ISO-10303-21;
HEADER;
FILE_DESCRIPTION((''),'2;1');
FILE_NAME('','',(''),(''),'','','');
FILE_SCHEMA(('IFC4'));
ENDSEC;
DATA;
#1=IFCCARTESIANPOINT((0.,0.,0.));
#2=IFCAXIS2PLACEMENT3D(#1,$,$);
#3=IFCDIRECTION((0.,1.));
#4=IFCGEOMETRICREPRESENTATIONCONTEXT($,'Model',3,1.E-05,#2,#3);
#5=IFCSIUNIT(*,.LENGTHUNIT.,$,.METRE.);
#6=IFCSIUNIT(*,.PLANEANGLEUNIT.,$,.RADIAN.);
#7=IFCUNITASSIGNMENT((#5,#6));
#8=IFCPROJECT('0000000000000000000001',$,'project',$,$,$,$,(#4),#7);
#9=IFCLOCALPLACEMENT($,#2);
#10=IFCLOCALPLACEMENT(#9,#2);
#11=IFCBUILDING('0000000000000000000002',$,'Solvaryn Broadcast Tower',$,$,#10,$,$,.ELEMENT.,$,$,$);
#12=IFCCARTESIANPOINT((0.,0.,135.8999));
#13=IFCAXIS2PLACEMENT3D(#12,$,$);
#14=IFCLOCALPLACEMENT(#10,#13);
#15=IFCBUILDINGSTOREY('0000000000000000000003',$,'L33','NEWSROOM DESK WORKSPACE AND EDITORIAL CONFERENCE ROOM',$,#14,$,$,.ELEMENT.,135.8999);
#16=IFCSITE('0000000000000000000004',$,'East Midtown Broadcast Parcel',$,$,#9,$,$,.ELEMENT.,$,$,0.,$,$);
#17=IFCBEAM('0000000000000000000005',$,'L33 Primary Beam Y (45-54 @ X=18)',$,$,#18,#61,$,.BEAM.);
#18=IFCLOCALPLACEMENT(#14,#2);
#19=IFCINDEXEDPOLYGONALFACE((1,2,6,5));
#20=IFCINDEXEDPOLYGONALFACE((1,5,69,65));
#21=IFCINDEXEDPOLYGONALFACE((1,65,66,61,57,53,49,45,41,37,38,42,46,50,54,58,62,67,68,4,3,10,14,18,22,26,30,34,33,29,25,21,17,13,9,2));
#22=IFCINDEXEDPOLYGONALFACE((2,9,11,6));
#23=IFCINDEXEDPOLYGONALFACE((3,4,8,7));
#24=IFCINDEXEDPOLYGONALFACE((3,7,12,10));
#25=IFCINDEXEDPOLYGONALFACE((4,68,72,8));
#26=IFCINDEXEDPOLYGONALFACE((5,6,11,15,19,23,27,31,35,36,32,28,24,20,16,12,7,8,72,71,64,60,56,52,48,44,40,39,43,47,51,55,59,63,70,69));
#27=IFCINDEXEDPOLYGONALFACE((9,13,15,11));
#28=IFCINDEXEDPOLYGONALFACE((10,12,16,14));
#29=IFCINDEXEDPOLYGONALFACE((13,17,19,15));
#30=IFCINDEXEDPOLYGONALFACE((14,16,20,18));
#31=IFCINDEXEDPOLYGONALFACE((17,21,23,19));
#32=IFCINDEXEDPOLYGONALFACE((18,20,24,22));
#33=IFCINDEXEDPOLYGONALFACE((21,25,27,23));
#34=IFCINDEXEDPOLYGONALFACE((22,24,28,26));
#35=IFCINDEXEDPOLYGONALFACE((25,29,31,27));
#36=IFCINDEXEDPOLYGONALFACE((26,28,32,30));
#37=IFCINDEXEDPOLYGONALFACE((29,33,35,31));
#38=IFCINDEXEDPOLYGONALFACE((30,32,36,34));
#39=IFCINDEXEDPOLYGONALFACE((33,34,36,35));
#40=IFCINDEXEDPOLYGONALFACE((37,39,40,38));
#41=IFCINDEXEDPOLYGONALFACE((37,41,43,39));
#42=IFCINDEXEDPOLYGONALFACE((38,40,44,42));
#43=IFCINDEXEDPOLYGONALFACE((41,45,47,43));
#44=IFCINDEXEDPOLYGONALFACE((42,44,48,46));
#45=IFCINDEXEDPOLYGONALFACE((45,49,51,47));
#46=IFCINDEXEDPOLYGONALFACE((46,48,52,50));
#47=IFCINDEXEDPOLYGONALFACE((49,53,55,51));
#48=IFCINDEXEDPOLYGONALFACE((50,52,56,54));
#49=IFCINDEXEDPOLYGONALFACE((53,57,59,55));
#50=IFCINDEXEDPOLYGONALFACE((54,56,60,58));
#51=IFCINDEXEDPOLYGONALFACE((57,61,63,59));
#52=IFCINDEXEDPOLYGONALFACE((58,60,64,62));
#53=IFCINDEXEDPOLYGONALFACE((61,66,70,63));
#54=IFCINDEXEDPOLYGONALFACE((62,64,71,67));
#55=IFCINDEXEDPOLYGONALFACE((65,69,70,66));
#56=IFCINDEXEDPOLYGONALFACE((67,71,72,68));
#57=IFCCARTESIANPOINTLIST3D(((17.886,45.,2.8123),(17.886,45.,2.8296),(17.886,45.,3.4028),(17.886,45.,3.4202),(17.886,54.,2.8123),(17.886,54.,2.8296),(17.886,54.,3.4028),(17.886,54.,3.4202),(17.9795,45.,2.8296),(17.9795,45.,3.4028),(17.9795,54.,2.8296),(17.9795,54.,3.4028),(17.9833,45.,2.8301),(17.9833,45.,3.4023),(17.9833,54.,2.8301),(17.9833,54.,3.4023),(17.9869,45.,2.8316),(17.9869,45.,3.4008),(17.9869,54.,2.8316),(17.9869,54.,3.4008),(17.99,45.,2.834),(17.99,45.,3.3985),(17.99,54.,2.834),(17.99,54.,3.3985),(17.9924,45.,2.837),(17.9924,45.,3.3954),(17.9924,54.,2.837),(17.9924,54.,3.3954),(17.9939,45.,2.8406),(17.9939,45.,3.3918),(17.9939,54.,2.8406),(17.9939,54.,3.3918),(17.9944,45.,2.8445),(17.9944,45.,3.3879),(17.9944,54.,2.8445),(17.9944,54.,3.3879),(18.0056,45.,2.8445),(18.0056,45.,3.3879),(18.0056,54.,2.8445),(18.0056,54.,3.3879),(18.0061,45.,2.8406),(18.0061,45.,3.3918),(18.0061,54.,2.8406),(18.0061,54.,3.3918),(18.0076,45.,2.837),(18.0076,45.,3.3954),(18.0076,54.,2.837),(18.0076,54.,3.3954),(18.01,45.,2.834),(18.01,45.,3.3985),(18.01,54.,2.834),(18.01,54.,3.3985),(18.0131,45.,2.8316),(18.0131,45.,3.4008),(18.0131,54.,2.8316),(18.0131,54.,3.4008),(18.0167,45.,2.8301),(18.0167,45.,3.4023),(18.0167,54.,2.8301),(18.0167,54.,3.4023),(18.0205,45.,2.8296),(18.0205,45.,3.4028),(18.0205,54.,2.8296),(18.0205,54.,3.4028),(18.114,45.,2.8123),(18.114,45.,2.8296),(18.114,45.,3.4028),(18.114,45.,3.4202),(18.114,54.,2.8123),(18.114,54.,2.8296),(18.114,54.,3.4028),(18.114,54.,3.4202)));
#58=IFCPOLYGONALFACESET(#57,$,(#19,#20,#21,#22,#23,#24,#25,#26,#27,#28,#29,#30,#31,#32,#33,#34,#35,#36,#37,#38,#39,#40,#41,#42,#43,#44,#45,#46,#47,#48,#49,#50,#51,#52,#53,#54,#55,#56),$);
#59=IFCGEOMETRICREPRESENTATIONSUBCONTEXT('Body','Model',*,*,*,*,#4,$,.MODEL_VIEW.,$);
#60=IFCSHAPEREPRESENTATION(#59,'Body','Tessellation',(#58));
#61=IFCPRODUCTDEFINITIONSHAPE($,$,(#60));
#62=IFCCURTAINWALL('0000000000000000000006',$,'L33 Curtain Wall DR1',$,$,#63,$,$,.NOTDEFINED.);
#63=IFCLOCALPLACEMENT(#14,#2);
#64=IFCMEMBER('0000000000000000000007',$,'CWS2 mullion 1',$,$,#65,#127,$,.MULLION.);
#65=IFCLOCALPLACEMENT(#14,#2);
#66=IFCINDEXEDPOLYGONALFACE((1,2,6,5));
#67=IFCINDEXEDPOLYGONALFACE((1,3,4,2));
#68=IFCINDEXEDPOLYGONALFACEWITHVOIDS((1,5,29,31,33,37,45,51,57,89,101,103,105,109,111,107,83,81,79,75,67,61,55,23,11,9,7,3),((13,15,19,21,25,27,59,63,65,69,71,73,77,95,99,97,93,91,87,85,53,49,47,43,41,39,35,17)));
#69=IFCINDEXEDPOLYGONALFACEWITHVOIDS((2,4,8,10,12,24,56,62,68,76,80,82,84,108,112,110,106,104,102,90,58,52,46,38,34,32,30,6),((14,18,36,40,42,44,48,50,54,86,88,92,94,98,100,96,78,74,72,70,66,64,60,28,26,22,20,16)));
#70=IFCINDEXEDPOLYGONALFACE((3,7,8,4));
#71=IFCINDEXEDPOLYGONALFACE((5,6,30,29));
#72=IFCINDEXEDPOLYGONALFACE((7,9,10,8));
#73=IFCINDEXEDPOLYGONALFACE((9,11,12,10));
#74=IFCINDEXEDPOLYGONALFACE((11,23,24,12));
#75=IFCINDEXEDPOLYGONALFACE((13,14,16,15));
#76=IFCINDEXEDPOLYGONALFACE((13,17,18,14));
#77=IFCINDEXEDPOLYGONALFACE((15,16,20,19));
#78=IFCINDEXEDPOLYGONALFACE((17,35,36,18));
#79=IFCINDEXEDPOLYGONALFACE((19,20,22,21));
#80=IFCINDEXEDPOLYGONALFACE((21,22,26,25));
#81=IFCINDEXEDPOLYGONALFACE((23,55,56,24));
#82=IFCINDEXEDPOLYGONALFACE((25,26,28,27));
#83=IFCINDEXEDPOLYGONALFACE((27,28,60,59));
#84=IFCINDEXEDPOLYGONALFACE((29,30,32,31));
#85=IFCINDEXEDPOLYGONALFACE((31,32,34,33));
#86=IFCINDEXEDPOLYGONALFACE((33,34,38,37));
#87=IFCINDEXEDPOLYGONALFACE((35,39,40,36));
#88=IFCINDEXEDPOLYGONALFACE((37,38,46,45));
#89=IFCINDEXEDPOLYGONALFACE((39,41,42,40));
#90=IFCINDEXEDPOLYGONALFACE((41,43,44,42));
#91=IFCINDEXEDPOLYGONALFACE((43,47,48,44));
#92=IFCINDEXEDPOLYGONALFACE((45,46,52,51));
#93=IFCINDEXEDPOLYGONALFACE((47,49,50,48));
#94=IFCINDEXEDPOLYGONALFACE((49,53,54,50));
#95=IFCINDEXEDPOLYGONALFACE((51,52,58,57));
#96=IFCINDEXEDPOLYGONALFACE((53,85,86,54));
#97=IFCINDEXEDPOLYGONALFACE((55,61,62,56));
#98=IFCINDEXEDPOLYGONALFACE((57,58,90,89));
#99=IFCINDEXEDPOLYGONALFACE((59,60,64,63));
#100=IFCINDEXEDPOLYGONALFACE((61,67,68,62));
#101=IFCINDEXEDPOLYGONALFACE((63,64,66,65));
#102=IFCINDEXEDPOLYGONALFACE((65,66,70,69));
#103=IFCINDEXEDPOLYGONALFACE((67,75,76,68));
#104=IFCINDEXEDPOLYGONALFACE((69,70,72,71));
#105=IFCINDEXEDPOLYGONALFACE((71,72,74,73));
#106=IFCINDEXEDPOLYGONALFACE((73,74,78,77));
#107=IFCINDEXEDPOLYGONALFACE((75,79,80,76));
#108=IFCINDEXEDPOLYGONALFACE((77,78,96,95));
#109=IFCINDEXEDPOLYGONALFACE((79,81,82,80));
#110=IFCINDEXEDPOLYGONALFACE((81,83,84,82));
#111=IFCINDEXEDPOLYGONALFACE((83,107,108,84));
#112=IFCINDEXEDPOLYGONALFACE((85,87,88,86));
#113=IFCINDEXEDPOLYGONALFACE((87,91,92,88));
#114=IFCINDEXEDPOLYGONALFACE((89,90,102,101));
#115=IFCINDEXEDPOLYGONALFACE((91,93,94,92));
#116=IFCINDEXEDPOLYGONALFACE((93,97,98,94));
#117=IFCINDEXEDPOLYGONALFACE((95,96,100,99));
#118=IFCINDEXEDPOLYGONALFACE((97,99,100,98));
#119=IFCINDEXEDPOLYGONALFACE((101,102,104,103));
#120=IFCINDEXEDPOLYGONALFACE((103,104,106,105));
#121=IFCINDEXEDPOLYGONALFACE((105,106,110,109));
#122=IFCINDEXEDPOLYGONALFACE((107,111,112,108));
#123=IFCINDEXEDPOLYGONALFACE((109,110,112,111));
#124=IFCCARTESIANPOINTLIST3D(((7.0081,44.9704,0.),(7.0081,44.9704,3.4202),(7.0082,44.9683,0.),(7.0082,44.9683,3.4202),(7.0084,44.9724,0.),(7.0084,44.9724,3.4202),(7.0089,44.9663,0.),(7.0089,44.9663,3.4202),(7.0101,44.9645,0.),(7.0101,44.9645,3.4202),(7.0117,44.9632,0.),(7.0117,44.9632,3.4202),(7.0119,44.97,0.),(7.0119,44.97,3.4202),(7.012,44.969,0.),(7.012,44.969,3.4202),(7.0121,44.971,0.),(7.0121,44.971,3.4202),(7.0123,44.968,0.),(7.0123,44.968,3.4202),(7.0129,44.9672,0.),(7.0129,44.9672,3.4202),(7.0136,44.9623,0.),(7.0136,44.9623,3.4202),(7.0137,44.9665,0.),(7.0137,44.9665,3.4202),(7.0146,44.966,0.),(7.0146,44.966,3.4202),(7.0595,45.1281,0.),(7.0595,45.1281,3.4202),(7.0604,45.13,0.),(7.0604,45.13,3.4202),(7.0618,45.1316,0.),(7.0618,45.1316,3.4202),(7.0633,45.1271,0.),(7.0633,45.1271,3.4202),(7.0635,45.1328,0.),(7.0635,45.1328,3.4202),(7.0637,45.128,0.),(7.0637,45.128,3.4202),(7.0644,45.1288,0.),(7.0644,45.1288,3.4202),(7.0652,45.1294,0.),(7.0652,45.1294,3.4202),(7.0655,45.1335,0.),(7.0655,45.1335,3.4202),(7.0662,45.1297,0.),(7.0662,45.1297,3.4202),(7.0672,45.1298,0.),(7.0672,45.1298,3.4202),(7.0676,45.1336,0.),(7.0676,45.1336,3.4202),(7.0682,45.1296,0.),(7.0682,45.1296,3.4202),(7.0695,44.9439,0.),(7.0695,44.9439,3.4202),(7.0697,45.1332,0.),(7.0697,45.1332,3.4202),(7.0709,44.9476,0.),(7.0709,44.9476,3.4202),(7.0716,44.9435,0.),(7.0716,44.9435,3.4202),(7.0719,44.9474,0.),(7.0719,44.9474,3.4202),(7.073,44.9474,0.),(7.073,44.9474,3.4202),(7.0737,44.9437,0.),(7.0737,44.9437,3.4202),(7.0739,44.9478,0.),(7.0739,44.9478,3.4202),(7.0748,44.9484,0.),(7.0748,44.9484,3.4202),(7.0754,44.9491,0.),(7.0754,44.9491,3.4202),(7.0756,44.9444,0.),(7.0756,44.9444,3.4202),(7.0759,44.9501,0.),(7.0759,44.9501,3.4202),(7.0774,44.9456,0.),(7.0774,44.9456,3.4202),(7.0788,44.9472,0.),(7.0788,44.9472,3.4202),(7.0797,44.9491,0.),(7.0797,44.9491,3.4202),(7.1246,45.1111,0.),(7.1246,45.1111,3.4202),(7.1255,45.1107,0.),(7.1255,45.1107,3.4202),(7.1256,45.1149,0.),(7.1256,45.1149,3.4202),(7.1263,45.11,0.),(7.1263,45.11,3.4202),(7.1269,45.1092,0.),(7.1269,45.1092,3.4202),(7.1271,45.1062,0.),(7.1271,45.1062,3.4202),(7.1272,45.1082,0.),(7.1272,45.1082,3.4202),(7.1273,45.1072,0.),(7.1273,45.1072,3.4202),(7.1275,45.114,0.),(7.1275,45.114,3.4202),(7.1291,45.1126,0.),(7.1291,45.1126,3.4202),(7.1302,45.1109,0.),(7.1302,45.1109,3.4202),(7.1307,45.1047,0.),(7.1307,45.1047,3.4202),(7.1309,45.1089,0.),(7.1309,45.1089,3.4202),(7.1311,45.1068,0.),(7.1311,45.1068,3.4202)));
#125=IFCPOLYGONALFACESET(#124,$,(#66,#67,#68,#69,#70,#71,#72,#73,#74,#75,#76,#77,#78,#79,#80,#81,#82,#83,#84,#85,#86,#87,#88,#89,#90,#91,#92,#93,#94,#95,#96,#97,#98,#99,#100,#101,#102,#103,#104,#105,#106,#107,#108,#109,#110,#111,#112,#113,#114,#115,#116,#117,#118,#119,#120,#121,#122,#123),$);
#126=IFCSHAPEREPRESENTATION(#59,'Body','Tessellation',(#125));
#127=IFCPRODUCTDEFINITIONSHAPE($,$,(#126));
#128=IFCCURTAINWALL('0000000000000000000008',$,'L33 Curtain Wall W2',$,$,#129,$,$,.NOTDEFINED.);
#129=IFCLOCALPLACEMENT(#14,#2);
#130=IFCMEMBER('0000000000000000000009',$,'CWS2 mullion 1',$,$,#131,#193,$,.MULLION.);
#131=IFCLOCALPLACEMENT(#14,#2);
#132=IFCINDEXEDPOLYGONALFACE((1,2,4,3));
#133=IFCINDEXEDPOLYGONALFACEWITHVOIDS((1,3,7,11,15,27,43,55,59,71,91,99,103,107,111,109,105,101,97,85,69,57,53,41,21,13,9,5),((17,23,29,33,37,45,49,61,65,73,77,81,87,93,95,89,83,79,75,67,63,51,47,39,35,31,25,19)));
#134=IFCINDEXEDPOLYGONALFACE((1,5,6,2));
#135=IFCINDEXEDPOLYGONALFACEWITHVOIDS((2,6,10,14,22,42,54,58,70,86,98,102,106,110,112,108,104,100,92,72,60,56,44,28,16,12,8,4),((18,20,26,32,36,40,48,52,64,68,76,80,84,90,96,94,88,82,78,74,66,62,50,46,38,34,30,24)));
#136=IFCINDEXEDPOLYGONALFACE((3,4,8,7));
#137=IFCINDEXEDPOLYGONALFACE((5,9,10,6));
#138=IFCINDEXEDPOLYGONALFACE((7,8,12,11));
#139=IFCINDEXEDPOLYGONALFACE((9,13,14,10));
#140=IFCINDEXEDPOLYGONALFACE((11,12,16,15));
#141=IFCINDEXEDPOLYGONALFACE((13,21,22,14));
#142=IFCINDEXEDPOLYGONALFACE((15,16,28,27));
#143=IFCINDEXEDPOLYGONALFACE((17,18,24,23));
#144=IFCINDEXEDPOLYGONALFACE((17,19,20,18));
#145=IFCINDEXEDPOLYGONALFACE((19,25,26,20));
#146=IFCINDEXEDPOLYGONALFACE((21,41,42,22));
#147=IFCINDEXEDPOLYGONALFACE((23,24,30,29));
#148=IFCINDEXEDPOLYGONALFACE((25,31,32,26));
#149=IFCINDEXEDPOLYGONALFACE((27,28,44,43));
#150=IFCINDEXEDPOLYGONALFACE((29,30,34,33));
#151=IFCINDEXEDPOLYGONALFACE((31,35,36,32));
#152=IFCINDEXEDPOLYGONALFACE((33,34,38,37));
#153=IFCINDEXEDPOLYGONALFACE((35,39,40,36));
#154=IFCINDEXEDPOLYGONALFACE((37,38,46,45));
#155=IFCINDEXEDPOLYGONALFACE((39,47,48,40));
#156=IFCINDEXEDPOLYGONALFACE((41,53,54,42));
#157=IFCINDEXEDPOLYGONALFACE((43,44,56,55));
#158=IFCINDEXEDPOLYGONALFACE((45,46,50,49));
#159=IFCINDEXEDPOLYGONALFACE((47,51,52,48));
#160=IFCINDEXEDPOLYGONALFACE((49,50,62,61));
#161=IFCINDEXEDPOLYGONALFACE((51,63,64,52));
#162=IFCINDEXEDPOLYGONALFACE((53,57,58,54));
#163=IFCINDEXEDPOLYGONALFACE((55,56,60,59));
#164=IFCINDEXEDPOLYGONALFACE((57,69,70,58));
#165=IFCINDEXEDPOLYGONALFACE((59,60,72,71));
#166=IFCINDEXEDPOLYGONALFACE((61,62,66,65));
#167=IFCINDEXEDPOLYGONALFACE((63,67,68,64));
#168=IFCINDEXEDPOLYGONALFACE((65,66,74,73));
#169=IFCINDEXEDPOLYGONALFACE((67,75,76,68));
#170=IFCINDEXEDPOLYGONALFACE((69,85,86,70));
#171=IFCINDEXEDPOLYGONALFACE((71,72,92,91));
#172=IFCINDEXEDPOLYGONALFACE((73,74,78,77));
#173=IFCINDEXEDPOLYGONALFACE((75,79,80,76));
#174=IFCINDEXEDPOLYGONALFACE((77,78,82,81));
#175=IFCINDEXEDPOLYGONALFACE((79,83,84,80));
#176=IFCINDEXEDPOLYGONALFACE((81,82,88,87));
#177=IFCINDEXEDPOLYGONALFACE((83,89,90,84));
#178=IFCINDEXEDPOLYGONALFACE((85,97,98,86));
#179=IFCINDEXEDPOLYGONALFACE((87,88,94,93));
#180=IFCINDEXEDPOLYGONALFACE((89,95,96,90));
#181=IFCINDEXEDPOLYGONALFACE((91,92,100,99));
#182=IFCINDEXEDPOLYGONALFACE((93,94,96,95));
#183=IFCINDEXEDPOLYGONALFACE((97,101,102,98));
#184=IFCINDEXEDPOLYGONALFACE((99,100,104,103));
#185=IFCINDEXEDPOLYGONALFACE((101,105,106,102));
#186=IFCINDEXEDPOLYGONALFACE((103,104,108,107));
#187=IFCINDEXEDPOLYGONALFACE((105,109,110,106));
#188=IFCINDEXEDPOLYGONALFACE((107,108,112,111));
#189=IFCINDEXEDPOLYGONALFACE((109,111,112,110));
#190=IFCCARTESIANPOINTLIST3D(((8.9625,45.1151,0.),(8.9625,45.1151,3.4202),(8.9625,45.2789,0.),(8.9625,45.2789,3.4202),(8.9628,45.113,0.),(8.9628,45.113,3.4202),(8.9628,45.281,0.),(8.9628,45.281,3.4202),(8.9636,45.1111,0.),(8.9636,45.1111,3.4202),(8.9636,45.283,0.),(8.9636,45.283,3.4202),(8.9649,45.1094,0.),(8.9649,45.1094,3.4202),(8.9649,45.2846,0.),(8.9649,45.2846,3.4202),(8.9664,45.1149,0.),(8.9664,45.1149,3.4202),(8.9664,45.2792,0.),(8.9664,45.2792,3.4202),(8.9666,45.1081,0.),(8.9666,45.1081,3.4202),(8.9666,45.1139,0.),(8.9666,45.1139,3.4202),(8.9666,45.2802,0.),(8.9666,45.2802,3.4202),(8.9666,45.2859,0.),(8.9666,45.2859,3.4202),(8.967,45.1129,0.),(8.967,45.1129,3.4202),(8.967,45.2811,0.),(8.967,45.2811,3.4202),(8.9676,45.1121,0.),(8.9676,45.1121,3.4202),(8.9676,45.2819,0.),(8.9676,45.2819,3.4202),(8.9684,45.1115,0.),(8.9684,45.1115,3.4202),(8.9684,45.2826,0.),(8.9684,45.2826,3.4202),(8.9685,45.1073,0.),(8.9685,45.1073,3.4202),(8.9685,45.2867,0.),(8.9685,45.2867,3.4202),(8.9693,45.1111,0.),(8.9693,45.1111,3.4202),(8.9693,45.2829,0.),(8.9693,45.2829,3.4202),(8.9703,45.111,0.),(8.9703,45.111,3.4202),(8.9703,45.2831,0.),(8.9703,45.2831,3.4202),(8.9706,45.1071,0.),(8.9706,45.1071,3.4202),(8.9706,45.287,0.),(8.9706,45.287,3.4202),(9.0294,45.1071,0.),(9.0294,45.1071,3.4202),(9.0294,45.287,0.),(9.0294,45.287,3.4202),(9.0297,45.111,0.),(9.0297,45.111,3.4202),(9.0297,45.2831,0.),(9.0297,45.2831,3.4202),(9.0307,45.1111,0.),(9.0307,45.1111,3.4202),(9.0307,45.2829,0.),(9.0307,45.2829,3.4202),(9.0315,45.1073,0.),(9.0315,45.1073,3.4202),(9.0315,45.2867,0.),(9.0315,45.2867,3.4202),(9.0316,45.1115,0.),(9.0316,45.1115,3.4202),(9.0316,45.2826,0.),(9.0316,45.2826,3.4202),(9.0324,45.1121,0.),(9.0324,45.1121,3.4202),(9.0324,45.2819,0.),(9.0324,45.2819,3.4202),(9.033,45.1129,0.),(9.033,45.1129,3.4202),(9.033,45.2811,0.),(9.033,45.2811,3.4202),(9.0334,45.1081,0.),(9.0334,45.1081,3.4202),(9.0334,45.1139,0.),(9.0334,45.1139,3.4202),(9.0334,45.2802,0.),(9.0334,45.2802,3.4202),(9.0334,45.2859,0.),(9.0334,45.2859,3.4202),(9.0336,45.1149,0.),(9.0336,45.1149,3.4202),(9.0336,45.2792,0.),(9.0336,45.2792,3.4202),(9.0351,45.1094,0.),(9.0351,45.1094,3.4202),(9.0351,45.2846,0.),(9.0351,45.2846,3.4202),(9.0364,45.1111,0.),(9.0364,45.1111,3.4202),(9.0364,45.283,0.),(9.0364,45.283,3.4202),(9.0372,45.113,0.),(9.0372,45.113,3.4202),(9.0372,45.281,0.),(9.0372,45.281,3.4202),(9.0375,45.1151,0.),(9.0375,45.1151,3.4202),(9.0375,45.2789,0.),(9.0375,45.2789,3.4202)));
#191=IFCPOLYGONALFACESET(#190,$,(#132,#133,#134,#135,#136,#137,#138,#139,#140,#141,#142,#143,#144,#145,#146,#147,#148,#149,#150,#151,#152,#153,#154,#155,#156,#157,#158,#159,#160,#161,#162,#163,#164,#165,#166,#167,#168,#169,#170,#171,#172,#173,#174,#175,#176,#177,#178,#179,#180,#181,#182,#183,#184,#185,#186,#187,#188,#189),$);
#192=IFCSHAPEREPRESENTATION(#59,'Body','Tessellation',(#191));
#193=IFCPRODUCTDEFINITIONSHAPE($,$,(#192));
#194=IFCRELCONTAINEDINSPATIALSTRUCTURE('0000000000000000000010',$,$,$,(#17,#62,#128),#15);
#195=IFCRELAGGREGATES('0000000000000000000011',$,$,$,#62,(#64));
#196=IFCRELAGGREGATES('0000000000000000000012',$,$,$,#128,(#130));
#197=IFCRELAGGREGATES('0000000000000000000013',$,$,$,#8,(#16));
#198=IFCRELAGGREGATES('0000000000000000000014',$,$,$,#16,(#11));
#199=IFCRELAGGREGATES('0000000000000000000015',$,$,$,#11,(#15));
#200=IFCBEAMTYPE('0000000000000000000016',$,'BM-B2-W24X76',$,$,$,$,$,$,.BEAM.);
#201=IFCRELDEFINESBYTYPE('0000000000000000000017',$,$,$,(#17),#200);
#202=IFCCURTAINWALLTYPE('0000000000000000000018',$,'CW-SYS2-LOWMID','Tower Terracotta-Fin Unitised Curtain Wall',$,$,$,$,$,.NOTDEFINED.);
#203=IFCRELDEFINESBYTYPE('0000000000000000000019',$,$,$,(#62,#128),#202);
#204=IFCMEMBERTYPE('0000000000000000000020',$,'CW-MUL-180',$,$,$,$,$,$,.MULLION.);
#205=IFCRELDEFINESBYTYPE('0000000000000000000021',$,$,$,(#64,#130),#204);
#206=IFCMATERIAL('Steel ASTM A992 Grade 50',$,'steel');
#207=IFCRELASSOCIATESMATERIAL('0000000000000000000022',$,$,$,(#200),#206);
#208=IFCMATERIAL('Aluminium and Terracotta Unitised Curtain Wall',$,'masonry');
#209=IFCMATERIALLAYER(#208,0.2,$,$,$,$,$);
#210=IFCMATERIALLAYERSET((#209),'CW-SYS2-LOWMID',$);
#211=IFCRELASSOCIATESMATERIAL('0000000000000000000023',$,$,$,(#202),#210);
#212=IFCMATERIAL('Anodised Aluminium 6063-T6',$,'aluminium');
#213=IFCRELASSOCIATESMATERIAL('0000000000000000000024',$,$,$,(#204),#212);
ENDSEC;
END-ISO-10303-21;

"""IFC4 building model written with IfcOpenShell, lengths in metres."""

from ifc_helpers import new_model, si_unit, direction, frame, origin, origin_2d, place, context, subcontext, project, spatial, hollow_rectangle, i_section, extrude, material, layer, layer_set, material_profile, profile_set, type_object, element, aggregate, save


model = new_model("IFC4")

# Units and contexts
model_context = context("Model", 3, precision=1e-05, world=origin(), true_north=direction((0.0, 1.0)))
body_context = subcontext(model_context, "Body", "Model", "MODEL_VIEW")
ifc_project = project(units=[si_unit("LENGTHUNIT", "METRE"), si_unit("PLANEANGLEUNIT", "RADIAN")], contexts=[model_context])

# Site, building, storey
site_placement = place(None, origin())
site = spatial("IfcSite", under=ifc_project, at=site_placement, Name="East Midtown Broadcast Parcel", CompositionType="ELEMENT", RefElevation=0.0)
building_placement = place(site_placement, origin())
building = spatial("IfcBuilding", under=site, at=building_placement, Name="Solvaryn Broadcast Tower", CompositionType="ELEMENT")
storey_placement = place(building_placement, frame((0.0, 0.0, 135.8999)))
storey = spatial("IfcBuildingStorey", under=building, at=storey_placement, Name="L33", Description="NEWSROOM DESK WORKSPACE AND EDITORIAL CONFERENCE ROOM", CompositionType="ELEMENT", Elevation=135.8999)

# Beam
ifc_material_1 = material(Name="Steel ASTM A992 Grade 50", Category="steel")
ifc_material_profile_1 = material_profile(ifc_material_1, i_section(OverallWidth=0.228, OverallDepth=0.6079, WebThickness=0.0112, FlangeThickness=0.0173, FilletRadius=0.0149, at=origin_2d()))
ifc_profile_set_1 = profile_set([ifc_material_profile_1], Name="Steel ASTM A992 Grade 50")
beam_type_1 = type_object("IfcBeamType", Name="BM-B2-W24X76", PredefinedType="BEAM", material=ifc_profile_set_1)
beam_1_placement = place(storey_placement, frame((18.0, 45.0, 3.1162), z_axis=(0.0, 1.0, 0.0), x_axis=(-1.0, 0.0, 0.0)))
element("IfcBeam", 1, at=beam_1_placement, inside=storey, type_object=beam_type_1, Name="L33 Primary Beam Y (45-54 @ X=18)", PredefinedType="BEAM", context=body_context, shape_type="SweptSolid", body=[
    extrude(i_section(OverallWidth=0.228, OverallDepth=0.6079, WebThickness=0.0112, FlangeThickness=0.0173, FilletRadius=0.0149, at=origin_2d()), origin(), (0.0, 0.0, 1.0), 9.0),
])

# Curtain walls, members
ifc_material_2 = material(Name="Aluminium and Terracotta Unitised Curtain Wall", Category="masonry")
ifc_layer_1 = layer(ifc_material_2, 0.2)
ifc_layer_set_1 = layer_set([ifc_layer_1], Name="CW-SYS2-LOWMID")
curtain_wall_type = type_object("IfcCurtainWallType", Name="CW-SYS2-LOWMID", Description="Tower Terracotta-Fin Unitised Curtain Wall", PredefinedType="NOTDEFINED", material=ifc_layer_set_1)
curtain_wall_1_placement = place(storey_placement, origin())
curtain_wall_1 = element("IfcCurtainWall", 2, at=curtain_wall_1_placement, inside=storey, type_object=curtain_wall_type, Name="L33 Curtain Wall DR1", PredefinedType="NOTDEFINED")
ifc_material_3 = material(Name="Anodised Aluminium 6063-T6", Category="aluminium")
ifc_material_profile_2 = material_profile(ifc_material_3, hollow_rectangle(XDim=0.075, YDim=0.1799, WallThickness=0.0039, InnerFilletRadius=0.0039, OuterFilletRadius=0.0081, at=origin_2d()))
ifc_profile_set_2 = profile_set([ifc_material_profile_2], Name="Anodised Aluminium 6063-T6")
member_type_1 = type_object("IfcMemberType", Name="CW-MUL-180", PredefinedType="MULLION", material=ifc_profile_set_2)
member_1_placement = place(storey_placement, frame((7.0696, 45.0386, 0.0), z_axis=(0.0, 0.0, 1.0), x_axis=(0.950198, -0.311646, 0.0)))
member_1 = element("IfcMember", 3, at=member_1_placement, type_object=member_type_1, Name="CWS2 mullion 1", PredefinedType="MULLION", context=body_context, shape_type="SweptSolid", body=[
    extrude(hollow_rectangle(XDim=0.075, YDim=0.1799, WallThickness=0.0039, InnerFilletRadius=0.0039, OuterFilletRadius=0.0081, at=origin_2d()), origin(), (0.0, 0.0, 1.0), 3.4202),
])
curtain_wall_2_placement = place(storey_placement, origin())
curtain_wall_2 = element("IfcCurtainWall", 4, at=curtain_wall_2_placement, inside=storey, type_object=curtain_wall_type, Name="L33 Curtain Wall W2", PredefinedType="NOTDEFINED")
member_2_placement = place(storey_placement, frame((9.0, 45.197, 0.0), z_axis=(0.0, 0.0, 1.0), x_axis=(-1.0, 0.0, 0.0)))
member_2 = element("IfcMember", 5, at=member_2_placement, type_object=member_type_1, Name="CWS2 mullion 1", PredefinedType="MULLION", context=body_context, shape_type="SweptSolid", body=[
    extrude(hollow_rectangle(XDim=0.075, YDim=0.1799, WallThickness=0.0039, InnerFilletRadius=0.0039, OuterFilletRadius=0.0081, at=origin_2d()), origin(), (0.0, 0.0, 1.0), 3.4202),
])

aggregate(curtain_wall_1, [member_1])
aggregate(curtain_wall_2, [member_2])

save(model, "model.ifc")
